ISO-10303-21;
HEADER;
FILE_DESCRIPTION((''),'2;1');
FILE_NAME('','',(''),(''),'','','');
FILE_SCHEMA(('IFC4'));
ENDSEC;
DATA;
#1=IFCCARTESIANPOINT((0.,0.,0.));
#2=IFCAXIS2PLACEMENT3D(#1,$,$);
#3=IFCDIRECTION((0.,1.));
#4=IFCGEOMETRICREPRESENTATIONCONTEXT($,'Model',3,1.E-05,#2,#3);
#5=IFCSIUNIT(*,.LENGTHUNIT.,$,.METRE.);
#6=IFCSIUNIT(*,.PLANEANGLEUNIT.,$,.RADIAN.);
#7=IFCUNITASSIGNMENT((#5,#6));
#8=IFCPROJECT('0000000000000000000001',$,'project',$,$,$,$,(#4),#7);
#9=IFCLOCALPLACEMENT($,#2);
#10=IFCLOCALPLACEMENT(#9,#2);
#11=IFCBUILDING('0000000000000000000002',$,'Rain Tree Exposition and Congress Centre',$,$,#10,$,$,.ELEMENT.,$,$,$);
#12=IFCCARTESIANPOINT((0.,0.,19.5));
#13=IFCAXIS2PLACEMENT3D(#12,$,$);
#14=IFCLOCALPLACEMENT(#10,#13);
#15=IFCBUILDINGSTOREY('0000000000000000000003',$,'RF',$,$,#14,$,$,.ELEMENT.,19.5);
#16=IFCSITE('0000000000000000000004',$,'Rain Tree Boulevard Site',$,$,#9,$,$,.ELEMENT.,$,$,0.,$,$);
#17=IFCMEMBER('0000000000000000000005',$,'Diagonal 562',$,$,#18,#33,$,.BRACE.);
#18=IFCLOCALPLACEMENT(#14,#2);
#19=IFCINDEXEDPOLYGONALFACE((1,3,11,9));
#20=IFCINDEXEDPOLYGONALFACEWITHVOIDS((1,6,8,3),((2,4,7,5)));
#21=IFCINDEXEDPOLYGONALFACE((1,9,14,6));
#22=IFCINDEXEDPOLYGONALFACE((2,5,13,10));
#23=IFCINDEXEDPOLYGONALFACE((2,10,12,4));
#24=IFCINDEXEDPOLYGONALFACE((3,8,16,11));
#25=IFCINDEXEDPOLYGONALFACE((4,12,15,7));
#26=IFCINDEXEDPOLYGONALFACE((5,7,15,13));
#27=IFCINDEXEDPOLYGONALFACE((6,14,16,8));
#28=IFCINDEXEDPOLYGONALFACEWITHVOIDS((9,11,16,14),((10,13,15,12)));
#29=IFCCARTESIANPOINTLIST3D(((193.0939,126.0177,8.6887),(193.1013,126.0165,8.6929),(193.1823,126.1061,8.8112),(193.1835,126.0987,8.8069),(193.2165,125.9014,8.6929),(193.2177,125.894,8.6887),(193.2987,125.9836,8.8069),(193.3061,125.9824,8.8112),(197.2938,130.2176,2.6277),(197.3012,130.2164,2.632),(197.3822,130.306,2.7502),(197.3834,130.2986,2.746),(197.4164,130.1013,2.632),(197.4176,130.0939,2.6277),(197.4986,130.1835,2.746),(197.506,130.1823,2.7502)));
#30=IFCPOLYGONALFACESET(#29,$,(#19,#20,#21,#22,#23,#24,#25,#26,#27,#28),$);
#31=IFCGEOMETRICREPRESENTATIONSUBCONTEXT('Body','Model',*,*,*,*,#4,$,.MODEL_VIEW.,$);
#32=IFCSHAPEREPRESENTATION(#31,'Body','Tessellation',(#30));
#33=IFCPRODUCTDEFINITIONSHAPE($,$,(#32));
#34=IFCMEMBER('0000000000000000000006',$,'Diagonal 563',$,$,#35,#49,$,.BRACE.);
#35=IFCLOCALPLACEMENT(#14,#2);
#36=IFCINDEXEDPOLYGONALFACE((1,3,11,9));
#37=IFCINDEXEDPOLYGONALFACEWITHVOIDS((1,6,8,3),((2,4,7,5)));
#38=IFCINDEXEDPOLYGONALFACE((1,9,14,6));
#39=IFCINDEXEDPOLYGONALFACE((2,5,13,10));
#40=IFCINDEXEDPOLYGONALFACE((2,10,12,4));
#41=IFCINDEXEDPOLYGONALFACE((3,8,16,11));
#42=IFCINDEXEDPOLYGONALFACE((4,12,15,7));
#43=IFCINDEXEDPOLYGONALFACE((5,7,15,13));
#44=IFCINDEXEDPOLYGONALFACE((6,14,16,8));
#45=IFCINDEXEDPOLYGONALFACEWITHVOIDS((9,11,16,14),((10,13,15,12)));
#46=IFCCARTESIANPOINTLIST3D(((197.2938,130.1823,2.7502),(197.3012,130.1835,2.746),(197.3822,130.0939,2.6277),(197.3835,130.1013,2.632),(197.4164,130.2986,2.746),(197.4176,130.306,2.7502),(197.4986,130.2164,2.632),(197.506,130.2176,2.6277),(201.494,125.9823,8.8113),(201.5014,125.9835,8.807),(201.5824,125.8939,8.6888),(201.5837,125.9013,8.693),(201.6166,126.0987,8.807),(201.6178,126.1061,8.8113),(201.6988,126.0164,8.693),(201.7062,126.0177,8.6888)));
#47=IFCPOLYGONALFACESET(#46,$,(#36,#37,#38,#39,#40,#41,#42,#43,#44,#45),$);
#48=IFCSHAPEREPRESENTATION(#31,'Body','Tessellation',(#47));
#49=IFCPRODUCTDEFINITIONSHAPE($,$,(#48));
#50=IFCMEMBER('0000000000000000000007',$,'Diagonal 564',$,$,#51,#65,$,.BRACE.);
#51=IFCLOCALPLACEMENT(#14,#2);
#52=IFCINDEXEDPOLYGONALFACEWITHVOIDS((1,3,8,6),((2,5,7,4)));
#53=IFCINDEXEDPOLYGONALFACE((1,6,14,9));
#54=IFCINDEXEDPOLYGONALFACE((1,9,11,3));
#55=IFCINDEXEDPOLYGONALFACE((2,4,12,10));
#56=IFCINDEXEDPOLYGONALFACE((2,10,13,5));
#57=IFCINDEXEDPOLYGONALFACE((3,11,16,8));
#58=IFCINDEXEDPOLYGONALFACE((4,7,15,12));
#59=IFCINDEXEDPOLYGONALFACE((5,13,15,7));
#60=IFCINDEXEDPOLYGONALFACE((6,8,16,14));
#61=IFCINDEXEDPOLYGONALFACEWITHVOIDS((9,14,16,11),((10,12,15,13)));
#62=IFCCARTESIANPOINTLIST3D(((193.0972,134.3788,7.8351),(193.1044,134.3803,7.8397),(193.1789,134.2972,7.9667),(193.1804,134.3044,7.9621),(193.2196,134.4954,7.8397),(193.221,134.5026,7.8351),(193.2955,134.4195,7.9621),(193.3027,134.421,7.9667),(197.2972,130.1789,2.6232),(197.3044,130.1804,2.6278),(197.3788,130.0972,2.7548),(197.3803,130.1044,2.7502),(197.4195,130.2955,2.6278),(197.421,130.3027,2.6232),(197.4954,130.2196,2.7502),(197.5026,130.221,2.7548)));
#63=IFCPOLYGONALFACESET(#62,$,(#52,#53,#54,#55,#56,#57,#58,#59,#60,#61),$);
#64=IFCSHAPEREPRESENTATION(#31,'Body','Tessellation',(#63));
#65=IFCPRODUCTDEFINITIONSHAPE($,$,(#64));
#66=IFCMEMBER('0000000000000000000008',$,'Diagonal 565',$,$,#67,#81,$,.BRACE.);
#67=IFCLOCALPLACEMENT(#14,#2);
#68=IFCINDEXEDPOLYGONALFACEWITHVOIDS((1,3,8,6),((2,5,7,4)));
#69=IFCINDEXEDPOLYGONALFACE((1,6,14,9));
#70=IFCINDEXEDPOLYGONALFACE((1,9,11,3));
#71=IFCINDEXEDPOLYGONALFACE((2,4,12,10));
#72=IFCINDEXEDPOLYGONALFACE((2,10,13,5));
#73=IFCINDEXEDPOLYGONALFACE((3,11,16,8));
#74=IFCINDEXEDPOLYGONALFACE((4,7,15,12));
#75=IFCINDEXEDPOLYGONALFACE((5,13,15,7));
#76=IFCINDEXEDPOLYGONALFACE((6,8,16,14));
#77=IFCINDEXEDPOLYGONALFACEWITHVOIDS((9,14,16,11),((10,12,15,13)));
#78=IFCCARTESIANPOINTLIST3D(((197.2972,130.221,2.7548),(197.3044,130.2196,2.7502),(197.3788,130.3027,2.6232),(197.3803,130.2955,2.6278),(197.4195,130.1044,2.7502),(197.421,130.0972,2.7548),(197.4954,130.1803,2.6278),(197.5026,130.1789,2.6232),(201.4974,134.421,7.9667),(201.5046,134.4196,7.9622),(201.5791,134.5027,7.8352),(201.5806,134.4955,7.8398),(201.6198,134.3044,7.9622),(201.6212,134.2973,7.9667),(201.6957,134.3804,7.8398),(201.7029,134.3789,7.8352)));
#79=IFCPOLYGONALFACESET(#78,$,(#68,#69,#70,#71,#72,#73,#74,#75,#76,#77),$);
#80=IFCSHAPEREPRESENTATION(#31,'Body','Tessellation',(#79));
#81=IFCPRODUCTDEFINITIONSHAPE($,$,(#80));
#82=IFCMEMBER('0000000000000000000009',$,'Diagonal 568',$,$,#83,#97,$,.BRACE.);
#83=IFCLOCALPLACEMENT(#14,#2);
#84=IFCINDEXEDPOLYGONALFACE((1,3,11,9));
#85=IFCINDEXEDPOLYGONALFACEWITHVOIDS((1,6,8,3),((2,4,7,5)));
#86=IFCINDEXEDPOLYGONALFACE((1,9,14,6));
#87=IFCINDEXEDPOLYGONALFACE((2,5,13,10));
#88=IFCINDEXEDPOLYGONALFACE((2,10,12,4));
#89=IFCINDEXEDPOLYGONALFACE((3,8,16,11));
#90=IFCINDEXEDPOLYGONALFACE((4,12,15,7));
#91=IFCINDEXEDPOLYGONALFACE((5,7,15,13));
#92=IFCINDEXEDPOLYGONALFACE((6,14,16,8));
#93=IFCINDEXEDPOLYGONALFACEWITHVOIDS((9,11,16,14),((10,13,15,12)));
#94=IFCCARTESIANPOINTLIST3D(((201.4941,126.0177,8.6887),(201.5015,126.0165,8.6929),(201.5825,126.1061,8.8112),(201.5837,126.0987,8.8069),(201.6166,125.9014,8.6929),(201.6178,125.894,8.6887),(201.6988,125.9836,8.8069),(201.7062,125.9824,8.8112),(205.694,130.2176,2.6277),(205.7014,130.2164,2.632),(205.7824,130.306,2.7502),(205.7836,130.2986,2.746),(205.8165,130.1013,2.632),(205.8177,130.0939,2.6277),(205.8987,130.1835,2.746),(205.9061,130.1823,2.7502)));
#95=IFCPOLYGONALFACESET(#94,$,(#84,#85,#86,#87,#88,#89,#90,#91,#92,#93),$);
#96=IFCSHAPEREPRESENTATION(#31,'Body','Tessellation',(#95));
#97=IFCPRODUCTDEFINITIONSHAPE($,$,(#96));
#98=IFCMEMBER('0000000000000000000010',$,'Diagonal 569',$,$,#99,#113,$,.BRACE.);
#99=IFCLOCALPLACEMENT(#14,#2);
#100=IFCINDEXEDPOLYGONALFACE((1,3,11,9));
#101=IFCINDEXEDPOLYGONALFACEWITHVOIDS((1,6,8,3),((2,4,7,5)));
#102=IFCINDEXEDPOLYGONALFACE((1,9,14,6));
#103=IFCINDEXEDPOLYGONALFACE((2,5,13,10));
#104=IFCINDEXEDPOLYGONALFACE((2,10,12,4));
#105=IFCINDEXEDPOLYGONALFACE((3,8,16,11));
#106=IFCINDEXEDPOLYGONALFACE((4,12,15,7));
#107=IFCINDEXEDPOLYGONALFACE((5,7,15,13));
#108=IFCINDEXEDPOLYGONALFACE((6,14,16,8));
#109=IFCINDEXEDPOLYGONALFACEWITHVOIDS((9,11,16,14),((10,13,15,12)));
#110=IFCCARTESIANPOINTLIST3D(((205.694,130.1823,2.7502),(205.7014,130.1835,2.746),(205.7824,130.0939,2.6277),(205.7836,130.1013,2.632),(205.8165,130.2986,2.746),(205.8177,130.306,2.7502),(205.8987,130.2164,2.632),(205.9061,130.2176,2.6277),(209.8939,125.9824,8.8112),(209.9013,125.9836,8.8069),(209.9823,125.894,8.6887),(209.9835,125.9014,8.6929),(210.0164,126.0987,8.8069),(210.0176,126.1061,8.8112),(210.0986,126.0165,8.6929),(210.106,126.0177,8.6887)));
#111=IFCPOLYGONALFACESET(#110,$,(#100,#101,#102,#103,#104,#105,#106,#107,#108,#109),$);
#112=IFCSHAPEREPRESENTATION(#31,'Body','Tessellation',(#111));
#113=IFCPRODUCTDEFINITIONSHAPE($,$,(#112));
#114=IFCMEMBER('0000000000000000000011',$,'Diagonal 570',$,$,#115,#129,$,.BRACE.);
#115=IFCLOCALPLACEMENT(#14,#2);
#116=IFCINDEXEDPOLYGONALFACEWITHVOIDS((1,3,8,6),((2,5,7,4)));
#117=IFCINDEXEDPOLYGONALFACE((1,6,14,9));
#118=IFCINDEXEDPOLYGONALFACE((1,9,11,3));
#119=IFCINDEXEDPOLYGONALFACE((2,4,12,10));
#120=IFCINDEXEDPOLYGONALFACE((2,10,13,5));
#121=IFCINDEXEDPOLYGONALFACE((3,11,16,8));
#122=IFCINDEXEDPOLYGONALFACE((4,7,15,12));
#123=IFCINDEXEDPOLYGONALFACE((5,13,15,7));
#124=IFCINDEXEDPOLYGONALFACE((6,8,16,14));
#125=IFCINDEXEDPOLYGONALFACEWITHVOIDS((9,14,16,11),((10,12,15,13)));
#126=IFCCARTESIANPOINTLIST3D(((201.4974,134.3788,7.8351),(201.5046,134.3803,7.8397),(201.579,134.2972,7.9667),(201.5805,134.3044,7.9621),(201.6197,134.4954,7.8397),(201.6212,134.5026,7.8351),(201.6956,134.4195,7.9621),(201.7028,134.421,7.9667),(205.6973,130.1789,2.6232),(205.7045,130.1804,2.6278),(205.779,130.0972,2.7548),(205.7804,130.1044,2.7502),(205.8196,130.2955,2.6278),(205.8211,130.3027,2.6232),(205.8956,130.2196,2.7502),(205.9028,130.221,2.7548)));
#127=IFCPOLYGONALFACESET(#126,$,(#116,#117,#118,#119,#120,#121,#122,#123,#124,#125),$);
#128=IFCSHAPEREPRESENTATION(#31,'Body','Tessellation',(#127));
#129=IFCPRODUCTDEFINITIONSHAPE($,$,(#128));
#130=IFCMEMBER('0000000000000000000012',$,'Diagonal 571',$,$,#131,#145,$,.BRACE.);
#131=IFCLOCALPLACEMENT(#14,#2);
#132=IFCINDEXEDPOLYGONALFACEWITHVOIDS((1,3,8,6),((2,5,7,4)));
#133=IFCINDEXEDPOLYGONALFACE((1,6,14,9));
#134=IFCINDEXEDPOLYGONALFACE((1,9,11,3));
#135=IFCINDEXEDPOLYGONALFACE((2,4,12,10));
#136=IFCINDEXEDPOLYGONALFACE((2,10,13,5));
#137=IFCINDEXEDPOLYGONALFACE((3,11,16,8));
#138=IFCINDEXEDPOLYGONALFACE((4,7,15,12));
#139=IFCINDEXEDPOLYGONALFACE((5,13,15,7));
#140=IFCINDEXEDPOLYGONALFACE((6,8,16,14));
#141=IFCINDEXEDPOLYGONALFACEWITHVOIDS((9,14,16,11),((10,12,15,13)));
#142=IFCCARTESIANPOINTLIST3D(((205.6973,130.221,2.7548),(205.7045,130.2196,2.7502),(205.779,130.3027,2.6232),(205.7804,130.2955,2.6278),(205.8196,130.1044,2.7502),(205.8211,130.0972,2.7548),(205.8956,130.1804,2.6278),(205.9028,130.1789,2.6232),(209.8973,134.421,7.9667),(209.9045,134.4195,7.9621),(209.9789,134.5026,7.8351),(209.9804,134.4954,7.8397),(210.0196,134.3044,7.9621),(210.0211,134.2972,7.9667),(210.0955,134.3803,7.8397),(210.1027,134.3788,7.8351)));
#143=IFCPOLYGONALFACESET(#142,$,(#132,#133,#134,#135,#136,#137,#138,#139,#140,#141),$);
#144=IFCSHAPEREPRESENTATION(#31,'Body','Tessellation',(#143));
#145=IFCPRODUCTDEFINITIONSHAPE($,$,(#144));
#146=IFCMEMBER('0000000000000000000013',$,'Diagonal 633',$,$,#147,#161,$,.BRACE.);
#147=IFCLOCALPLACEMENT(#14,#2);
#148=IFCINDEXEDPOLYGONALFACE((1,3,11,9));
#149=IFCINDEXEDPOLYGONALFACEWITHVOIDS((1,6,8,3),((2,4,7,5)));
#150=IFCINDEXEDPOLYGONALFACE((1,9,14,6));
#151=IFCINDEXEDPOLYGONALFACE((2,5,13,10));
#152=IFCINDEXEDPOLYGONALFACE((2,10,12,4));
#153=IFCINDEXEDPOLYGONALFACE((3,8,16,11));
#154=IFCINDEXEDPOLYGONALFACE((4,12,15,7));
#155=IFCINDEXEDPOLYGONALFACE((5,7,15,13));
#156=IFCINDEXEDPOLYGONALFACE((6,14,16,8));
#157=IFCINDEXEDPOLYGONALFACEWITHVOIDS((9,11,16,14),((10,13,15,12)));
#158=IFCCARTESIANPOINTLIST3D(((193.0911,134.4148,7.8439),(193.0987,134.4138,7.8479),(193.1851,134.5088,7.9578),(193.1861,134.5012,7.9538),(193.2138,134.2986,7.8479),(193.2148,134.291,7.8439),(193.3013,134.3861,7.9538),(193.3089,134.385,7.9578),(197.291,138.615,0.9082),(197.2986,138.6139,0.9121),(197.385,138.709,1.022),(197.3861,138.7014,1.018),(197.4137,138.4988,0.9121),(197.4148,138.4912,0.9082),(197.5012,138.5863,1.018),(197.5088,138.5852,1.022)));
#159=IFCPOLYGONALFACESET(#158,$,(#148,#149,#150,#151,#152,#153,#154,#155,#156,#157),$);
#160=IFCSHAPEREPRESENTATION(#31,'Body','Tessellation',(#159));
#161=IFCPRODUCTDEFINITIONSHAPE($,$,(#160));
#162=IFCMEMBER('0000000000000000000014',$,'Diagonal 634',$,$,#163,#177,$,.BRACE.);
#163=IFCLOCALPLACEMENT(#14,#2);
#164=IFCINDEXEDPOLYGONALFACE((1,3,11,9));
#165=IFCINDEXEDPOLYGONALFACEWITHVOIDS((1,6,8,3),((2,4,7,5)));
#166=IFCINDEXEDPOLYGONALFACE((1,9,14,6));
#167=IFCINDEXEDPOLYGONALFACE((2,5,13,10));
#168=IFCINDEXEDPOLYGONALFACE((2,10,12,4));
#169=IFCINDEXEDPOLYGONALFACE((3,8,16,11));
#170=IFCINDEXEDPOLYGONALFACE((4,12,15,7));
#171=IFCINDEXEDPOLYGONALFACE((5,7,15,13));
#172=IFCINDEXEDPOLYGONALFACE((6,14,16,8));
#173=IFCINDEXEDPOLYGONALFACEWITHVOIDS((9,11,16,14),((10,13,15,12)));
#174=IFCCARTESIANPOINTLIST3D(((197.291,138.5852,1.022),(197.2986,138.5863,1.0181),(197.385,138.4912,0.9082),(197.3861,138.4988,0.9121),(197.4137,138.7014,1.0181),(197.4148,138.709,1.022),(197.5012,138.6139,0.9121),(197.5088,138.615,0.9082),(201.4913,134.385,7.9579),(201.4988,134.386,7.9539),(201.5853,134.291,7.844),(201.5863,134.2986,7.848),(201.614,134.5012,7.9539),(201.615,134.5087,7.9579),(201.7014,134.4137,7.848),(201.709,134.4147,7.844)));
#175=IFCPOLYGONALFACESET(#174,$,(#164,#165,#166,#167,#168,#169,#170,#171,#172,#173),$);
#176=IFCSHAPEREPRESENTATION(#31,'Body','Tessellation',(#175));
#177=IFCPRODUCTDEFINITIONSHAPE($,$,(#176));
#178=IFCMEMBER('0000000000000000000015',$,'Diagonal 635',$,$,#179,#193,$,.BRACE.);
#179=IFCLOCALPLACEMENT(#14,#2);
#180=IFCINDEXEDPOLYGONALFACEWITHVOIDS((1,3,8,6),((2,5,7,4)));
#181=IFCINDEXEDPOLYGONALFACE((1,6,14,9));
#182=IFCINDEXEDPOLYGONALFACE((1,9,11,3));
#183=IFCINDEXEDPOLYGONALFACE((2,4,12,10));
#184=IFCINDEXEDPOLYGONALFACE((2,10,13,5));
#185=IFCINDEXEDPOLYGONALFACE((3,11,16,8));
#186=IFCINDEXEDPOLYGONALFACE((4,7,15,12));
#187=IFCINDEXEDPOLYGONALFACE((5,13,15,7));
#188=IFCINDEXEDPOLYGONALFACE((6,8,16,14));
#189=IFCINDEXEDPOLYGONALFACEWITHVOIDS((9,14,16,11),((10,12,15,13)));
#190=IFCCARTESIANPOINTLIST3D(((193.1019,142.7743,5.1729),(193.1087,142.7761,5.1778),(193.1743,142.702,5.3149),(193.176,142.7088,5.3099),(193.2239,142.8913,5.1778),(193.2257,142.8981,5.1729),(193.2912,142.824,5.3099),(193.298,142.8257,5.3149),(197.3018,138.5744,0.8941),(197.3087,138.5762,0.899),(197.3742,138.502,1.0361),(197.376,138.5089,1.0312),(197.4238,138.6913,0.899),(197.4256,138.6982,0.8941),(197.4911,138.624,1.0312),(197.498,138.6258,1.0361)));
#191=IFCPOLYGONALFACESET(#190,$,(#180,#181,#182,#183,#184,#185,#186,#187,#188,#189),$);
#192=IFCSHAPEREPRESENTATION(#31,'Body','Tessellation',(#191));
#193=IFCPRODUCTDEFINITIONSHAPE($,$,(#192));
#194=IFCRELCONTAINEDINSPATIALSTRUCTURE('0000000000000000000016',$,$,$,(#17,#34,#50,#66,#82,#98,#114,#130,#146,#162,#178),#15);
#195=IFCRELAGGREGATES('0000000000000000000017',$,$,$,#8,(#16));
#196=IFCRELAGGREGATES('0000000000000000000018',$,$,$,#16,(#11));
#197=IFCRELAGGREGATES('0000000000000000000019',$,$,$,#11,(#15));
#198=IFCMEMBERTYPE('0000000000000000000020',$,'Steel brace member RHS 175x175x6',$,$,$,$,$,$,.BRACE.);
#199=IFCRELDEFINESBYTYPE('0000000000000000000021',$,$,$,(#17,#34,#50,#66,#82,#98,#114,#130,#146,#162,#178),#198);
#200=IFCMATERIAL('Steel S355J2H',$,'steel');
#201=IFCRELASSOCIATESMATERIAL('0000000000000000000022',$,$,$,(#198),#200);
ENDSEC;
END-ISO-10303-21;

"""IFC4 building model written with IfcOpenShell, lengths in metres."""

from ifc_helpers import new_model, si_unit, direction, frame, origin, origin_2d, place, context, subcontext, project, spatial, hollow_rectangle, extrude, material, material_profile, profile_set, type_object, element, save


model = new_model("IFC4")

# Units and contexts
model_context = context("Model", 3, precision=1e-05, world=origin(), true_north=direction((0.0, 1.0)))
body_context = subcontext(model_context, "Body", "Model", "MODEL_VIEW")
ifc_project = project(units=[si_unit("LENGTHUNIT", "METRE"), si_unit("PLANEANGLEUNIT", "RADIAN")], contexts=[model_context])

# Site, building, storey
site_placement = place(None, origin())
site = spatial("IfcSite", under=ifc_project, at=site_placement, Name="Rain Tree Boulevard Site", CompositionType="ELEMENT", RefElevation=0.0)
building_placement = place(site_placement, origin())
building = spatial("IfcBuilding", under=site, at=building_placement, Name="Rain Tree Exposition and Congress Centre", CompositionType="ELEMENT")
storey_placement = place(building_placement, frame((0.0, 0.0, 19.5)))
storey = spatial("IfcBuildingStorey", under=building, at=storey_placement, Name="RF", CompositionType="ELEMENT", Elevation=19.5)

# Members
ifc_material_1 = material(Name="Steel S355J2H", Category="steel")
ifc_material_profile_1 = material_profile(ifc_material_1, hollow_rectangle(XDim=0.175, YDim=0.175, WallThickness=0.0061, at=origin_2d()), Name="RHS 175x175x6")
ifc_profile_set_1 = profile_set([ifc_material_profile_1], Name="Steel S355J2H")
member_type_1 = type_object("IfcMemberType", Name="Steel brace member RHS 175x175x6", PredefinedType="BRACE", material=ifc_profile_set_1)
member_1_placement = place(storey_placement, frame((197.3999, 130.2, 2.689), z_axis=(-0.494916, -0.494916, 0.714224), x_axis=(0.707107, -0.707107, 0.0)))
element("IfcMember", 1, at=member_1_placement, inside=storey, type_object=member_type_1, Name="Diagonal 562", PredefinedType="BRACE", context=body_context, shape_type="SweptSolid", body=[
    extrude(hollow_rectangle(XDim=0.175, YDim=0.175, WallThickness=0.0061, at=origin_2d()), origin(), (0.0, 0.0, 1.0), 8.4861),
])
member_2_placement = place(storey_placement, frame((197.3999, 130.2, 2.689), z_axis=(0.494938, -0.494909, 0.714214), x_axis=(0.707086, 0.707127, 0.0)))
element("IfcMember", 2, at=member_2_placement, inside=storey, type_object=member_type_1, Name="Diagonal 563", PredefinedType="BRACE", context=body_context, shape_type="SweptSolid", body=[
    extrude(hollow_rectangle(XDim=0.175, YDim=0.175, WallThickness=0.0061, at=origin_2d()), origin(), (0.0, 0.0, 1.0), 8.4863),
])
member_3_placement = place(storey_placement, frame((197.3999, 130.2, 2.689), z_axis=(-0.531498, 0.531498, 0.65956), x_axis=(-0.707107, -0.707107, 0.0)))
element("IfcMember", 3, at=member_3_placement, inside=storey, type_object=member_type_1, Name="Diagonal 564", PredefinedType="BRACE", context=body_context, shape_type="SweptSolid", body=[
    extrude(hollow_rectangle(XDim=0.175, YDim=0.175, WallThickness=0.0061, at=origin_2d()), origin(), (0.0, 0.0, 1.0), 7.9021),
])
member_4_placement = place(storey_placement, frame((197.3999, 130.2, 2.689), z_axis=(0.53152, 0.531489, 0.65955), x_axis=(-0.707086, 0.707127, 0.0)))
element("IfcMember", 4, at=member_4_placement, inside=storey, type_object=member_type_1, Name="Diagonal 565", PredefinedType="BRACE", context=body_context, shape_type="SweptSolid", body=[
    extrude(hollow_rectangle(XDim=0.175, YDim=0.175, WallThickness=0.0061, at=origin_2d()), origin(), (0.0, 0.0, 1.0), 7.9023),
])
for number, where, z_axis, x_axis, name in (
    (5, (205.8, 130.2, 2.689), (-0.494916, -0.494916, 0.714224), (0.707107, -0.707107, 0.0), "Diagonal 568"),
    (6, (205.8, 130.2, 2.689), (0.494916, -0.494916, 0.714224), (0.707107, 0.707107, 0.0), "Diagonal 569"),
):
    element("IfcMember", number, at=place(storey_placement, frame(where, z_axis=z_axis, x_axis=x_axis)), inside=storey, type_object=member_type_1, Name=name, PredefinedType="BRACE", context=body_context, shape_type="SweptSolid", body=[
        extrude(hollow_rectangle(XDim=0.175, YDim=0.175, WallThickness=0.0061, at=origin_2d()), origin(), (0.0, 0.0, 1.0), 8.4861),
    ])
for number, where, z_axis, x_axis, name in (
    (7, (205.8, 130.2, 2.689), (-0.531498, 0.531498, 0.65956), (-0.707107, -0.707107, 0.0), "Diagonal 570"),
    (8, (205.8, 130.2, 2.689), (0.531498, 0.531498, 0.65956), (-0.707107, 0.707107, 0.0), "Diagonal 571"),
):
    element("IfcMember", number, at=place(storey_placement, frame(where, z_axis=z_axis, x_axis=x_axis)), inside=storey, type_object=member_type_1, Name=name, PredefinedType="BRACE", context=body_context, shape_type="SweptSolid", body=[
        extrude(hollow_rectangle(XDim=0.175, YDim=0.175, WallThickness=0.0061, at=origin_2d()), origin(), (0.0, 0.0, 1.0), 7.9021),
    ])
member_5_placement = place(storey_placement, frame((197.3999, 138.6001, 0.9651), z_axis=(-0.459935, -0.459962, 0.759536), x_axis=(0.707127, -0.707086, 0.0)))
element("IfcMember", 9, at=member_5_placement, inside=storey, type_object=member_type_1, Name="Diagonal 633", PredefinedType="BRACE", context=body_context, shape_type="SweptSolid", body=[
    extrude(hollow_rectangle(XDim=0.175, YDim=0.175, WallThickness=0.0061, at=origin_2d()), origin(), (0.0, 0.0, 1.0), 9.1316),
])
member_6_placement = place(storey_placement, frame((197.3999, 138.6001, 0.9651), z_axis=(0.459956, -0.459956, 0.759527), x_axis=(0.707107, 0.707107, 0.0)))
element("IfcMember", 10, at=member_6_placement, inside=storey, type_object=member_type_1, Name="Diagonal 634", PredefinedType="BRACE", context=body_context, shape_type="SweptSolid", body=[
    extrude(hollow_rectangle(XDim=0.175, YDim=0.175, WallThickness=0.0061, at=origin_2d()), origin(), (0.0, 0.0, 1.0), 9.1318),
])
member_7_placement = place(storey_placement, frame((197.3999, 138.6001, 0.9651), z_axis=(-0.573737, 0.573737, 0.58451), x_axis=(-0.707107, -0.707107, 0.0)))
element("IfcMember", 11, at=member_7_placement, inside=storey, type_object=member_type_1, Name="Diagonal 635", PredefinedType="BRACE", context=body_context, shape_type="SweptSolid", body=[
    extrude(hollow_rectangle(XDim=0.175, YDim=0.175, WallThickness=0.0061, at=origin_2d()), origin(), (0.0, 0.0, 1.0), 7.3203),
])

save(model, "model.ifc")
